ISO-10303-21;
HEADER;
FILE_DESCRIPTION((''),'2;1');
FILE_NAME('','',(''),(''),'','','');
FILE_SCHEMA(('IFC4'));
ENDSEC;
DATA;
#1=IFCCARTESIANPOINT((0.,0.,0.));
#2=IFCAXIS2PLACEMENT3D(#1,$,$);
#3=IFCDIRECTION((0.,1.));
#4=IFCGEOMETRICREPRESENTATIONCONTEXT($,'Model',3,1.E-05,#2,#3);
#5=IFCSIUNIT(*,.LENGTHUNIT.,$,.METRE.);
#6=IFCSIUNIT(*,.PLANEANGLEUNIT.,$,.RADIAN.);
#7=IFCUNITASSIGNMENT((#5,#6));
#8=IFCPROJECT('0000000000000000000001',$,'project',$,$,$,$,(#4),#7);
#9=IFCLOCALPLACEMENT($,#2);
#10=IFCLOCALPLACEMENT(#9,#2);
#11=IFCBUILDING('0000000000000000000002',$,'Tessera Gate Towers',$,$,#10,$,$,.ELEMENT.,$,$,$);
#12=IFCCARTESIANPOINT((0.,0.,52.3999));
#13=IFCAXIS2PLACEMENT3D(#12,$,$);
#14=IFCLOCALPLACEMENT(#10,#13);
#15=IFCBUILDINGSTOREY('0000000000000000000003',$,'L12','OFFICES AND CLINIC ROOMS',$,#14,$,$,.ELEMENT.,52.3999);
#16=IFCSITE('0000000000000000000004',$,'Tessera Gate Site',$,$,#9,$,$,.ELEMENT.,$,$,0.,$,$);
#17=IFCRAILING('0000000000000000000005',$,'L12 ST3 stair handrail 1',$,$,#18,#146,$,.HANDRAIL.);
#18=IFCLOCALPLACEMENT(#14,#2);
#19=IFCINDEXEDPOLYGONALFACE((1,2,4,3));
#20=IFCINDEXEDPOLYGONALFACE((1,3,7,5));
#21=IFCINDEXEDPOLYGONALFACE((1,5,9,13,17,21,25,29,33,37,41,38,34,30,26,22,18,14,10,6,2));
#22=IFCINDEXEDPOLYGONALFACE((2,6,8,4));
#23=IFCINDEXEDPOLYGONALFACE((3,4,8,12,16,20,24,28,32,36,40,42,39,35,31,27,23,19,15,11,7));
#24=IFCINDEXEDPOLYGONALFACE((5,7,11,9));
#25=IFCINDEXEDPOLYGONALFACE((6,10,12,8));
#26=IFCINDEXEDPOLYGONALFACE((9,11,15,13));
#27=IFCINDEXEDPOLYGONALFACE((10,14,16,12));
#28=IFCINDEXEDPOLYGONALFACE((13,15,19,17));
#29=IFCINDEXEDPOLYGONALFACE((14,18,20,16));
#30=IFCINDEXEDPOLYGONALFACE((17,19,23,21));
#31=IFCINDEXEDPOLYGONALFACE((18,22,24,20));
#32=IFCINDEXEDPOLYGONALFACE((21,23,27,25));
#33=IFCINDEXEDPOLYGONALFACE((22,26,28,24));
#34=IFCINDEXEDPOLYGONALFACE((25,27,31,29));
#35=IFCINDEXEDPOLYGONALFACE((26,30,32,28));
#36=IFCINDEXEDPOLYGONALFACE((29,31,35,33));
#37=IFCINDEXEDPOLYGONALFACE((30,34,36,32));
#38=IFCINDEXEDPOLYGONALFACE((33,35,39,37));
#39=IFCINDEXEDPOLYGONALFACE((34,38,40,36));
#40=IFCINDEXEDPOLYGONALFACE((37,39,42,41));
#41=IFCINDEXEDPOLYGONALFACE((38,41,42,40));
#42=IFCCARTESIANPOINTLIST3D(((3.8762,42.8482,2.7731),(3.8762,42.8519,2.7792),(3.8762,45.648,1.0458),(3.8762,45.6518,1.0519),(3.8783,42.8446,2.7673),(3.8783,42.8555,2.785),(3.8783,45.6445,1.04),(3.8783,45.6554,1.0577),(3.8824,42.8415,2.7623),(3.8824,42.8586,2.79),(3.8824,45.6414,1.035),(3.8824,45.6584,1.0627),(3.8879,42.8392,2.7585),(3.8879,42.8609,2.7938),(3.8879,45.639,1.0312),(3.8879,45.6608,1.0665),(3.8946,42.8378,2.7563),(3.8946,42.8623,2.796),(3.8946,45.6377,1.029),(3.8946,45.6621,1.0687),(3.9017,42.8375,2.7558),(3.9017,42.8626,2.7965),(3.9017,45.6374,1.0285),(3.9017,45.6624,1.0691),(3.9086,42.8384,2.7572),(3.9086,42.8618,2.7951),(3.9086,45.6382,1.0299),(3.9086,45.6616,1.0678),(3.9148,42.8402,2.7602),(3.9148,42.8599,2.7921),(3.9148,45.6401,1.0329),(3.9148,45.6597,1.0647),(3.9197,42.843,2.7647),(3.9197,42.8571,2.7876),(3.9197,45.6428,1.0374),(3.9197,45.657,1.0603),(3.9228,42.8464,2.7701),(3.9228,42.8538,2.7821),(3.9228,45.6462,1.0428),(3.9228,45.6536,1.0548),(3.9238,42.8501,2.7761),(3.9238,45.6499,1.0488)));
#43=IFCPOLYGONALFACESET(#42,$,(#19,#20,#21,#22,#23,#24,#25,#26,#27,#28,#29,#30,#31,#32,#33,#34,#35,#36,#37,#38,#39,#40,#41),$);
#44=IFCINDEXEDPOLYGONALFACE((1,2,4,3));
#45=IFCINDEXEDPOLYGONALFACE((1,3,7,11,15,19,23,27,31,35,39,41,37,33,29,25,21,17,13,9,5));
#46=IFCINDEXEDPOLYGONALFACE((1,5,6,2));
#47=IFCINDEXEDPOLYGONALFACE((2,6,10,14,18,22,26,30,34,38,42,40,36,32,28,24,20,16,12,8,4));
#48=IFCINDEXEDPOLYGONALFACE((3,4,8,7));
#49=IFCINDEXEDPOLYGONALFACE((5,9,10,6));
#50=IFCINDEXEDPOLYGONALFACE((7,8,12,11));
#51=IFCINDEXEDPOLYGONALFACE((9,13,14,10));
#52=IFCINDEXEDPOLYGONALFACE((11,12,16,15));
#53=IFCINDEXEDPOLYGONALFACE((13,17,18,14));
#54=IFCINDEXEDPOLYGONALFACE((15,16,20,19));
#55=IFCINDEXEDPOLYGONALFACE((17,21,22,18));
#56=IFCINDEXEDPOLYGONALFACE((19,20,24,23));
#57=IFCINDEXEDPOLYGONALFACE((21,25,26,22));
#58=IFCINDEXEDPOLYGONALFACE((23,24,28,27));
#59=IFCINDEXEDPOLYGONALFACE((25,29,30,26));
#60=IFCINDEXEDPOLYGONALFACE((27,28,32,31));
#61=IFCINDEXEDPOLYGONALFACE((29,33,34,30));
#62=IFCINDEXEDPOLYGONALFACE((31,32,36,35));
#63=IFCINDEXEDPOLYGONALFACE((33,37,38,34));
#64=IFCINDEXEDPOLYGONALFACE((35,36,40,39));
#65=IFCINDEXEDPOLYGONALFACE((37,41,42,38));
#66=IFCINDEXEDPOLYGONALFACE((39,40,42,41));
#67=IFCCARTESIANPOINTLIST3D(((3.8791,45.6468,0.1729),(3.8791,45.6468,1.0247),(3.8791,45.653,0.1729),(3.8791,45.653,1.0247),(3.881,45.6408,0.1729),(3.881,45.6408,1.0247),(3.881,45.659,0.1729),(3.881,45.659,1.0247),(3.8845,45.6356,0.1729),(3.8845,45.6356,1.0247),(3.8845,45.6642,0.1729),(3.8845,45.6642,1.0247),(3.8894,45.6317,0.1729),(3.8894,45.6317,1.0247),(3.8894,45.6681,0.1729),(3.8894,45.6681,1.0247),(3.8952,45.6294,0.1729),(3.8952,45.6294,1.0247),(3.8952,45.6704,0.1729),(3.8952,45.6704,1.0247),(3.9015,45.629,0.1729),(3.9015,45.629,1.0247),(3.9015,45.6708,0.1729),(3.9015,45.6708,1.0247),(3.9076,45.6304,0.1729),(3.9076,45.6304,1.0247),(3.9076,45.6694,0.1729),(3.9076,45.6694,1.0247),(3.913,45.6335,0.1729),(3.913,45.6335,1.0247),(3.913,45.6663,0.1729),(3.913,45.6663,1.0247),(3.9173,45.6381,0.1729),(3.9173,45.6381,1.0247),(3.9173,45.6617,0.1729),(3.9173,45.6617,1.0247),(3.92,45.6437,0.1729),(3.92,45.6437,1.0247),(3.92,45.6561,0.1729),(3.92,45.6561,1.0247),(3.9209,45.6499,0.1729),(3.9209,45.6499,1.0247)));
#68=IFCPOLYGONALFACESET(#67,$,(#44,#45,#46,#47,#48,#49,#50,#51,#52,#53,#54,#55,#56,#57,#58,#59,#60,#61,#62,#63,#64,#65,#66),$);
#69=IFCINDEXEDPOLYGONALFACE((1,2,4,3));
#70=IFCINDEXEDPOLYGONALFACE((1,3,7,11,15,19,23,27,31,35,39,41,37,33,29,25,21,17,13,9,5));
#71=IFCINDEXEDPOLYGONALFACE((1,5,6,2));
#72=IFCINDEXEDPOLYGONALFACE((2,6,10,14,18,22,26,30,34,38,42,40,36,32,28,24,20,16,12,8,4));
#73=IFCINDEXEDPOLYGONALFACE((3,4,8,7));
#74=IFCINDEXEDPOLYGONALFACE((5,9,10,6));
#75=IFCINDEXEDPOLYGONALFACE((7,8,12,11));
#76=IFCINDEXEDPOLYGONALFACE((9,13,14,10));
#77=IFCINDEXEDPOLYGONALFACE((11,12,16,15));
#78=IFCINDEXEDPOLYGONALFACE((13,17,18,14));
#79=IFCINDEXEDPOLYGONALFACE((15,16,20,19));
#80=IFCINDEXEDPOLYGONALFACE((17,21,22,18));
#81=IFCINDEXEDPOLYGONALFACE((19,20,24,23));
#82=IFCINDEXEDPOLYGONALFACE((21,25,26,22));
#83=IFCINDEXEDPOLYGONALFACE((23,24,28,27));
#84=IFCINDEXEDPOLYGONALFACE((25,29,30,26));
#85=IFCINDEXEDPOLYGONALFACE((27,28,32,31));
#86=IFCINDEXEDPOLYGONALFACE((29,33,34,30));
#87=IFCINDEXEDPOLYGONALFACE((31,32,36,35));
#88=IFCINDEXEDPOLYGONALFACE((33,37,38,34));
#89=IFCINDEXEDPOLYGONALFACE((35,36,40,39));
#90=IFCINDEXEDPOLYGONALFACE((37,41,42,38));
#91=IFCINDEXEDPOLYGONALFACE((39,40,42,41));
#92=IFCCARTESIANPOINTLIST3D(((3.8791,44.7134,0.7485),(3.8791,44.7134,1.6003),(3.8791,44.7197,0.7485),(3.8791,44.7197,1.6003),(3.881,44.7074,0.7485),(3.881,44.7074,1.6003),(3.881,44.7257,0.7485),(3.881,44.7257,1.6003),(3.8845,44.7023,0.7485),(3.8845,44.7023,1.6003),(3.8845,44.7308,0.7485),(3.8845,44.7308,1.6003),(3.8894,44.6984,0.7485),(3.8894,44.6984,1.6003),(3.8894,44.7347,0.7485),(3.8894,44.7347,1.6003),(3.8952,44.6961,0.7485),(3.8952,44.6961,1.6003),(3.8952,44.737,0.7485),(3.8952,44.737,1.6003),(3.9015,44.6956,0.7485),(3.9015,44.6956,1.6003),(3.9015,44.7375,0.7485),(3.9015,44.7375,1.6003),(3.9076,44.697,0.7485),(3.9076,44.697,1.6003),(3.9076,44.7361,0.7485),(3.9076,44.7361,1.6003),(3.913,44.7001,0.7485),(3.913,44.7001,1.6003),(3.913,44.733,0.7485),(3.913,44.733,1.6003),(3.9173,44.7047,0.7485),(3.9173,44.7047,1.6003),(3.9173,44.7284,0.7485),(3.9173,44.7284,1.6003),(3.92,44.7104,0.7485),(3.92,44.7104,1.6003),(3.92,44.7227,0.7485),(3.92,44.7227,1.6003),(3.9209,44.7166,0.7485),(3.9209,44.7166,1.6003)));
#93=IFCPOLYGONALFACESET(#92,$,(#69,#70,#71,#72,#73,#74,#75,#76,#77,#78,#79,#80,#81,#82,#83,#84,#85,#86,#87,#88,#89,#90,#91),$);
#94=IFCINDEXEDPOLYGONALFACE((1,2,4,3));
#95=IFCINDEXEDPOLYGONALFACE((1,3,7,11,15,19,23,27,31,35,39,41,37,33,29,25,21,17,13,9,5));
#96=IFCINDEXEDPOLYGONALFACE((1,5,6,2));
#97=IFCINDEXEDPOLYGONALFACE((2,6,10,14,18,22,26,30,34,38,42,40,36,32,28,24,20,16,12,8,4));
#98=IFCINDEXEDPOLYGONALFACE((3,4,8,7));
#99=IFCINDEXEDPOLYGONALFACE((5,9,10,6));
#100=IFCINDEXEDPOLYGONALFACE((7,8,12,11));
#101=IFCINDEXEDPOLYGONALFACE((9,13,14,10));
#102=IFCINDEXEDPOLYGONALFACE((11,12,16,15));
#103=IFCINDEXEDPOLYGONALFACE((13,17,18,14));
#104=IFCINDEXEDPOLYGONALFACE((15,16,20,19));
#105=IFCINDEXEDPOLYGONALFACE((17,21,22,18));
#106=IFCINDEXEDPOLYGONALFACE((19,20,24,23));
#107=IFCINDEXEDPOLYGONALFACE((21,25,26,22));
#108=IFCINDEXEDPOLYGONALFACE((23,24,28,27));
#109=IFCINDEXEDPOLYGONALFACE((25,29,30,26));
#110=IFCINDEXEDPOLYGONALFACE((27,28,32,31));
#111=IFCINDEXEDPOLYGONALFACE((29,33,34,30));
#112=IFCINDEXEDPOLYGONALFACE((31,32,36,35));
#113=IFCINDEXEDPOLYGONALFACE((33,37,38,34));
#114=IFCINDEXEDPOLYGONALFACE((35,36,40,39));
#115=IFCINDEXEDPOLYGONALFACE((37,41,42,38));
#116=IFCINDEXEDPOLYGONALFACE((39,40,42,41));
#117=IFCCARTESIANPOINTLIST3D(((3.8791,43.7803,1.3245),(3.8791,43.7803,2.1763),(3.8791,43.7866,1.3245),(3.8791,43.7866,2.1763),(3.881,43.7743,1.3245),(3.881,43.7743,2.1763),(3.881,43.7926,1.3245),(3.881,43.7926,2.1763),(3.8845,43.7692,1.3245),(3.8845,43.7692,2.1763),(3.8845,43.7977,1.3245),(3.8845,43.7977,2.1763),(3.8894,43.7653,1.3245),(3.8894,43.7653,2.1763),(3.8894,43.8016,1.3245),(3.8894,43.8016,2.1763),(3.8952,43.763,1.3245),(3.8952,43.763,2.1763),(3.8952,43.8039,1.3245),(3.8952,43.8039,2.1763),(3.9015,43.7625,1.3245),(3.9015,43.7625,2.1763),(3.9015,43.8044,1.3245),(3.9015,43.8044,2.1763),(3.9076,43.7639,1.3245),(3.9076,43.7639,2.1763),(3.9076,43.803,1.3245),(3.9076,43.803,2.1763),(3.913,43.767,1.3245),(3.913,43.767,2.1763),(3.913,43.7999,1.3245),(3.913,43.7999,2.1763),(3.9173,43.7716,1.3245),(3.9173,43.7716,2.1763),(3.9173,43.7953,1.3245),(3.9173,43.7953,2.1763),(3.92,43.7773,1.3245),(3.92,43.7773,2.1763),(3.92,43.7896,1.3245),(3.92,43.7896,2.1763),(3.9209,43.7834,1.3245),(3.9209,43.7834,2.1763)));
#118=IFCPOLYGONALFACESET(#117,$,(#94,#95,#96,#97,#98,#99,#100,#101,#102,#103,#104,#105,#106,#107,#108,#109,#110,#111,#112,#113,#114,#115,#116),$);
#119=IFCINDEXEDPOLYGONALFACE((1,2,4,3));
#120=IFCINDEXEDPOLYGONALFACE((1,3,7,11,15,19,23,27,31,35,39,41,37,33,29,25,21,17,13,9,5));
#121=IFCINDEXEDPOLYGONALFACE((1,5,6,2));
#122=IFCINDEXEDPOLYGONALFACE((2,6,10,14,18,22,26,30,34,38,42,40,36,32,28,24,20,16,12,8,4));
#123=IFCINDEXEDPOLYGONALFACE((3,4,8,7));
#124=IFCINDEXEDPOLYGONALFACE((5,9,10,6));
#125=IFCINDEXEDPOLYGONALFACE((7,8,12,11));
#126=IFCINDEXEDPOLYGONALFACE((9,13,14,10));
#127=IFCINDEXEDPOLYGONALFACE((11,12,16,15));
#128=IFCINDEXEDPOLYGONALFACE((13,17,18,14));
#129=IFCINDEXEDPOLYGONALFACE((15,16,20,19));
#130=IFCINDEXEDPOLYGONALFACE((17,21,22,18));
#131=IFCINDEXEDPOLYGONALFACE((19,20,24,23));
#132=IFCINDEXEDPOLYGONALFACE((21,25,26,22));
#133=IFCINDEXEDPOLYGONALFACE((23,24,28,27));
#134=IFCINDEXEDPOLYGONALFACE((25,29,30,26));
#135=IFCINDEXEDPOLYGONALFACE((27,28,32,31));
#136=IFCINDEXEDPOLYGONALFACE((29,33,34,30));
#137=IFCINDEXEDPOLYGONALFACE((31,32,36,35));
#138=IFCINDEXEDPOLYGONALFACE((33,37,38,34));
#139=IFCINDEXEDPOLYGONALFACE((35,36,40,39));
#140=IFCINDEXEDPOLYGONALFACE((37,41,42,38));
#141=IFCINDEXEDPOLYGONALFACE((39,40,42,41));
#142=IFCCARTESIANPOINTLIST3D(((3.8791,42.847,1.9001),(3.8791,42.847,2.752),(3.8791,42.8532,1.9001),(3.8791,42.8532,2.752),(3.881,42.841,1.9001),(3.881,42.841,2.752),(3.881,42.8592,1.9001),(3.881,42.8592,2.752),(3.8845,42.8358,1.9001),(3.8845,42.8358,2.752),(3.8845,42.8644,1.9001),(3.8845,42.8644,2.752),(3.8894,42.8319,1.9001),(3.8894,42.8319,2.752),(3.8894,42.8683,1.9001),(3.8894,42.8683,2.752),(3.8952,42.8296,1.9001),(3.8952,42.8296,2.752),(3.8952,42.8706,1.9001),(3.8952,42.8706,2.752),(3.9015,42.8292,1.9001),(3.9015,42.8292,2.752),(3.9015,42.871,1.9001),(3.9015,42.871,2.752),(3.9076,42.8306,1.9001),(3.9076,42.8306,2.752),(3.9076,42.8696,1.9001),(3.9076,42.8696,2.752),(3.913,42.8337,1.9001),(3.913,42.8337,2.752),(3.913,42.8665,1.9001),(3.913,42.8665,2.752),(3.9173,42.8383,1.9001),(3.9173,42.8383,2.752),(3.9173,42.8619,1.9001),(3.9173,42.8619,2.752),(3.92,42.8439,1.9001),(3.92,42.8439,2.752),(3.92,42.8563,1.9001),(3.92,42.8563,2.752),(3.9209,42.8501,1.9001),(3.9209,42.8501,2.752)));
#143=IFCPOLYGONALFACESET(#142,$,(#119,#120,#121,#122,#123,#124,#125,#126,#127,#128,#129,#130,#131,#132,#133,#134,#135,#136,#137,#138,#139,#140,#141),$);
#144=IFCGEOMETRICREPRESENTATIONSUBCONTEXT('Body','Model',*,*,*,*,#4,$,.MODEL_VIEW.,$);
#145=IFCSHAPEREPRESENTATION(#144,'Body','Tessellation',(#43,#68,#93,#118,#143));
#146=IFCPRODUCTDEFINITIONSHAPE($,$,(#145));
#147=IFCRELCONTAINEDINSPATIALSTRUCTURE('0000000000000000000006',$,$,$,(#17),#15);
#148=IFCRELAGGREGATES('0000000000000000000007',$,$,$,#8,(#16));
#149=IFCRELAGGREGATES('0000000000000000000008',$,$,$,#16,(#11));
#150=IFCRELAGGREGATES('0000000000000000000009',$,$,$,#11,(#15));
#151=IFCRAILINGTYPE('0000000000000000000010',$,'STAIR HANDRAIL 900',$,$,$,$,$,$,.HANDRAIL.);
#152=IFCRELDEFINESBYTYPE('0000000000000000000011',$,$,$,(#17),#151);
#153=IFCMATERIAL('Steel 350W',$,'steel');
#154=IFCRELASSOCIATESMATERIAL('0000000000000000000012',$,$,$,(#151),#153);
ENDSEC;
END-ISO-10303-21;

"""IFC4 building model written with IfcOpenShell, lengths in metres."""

from ifc_helpers import new_model, si_unit, direction, frame, origin, origin_2d, place, context, subcontext, project, spatial, circle, extrude, material, type_object, element, save


model = new_model("IFC4")

# Units and contexts
model_context = context("Model", 3, precision=1e-05, world=origin(), true_north=direction((0.0, 1.0)))
body_context = subcontext(model_context, "Body", "Model", "MODEL_VIEW")
ifc_project = project(units=[si_unit("LENGTHUNIT", "METRE"), si_unit("PLANEANGLEUNIT", "RADIAN")], contexts=[model_context])

# Site, building, storey
site_placement = place(None, origin())
site = spatial("IfcSite", under=ifc_project, at=site_placement, Name="Tessera Gate Site", CompositionType="ELEMENT", RefElevation=0.0)
building_placement = place(site_placement, origin())
building = spatial("IfcBuilding", under=site, at=building_placement, Name="Tessera Gate Towers", CompositionType="ELEMENT")
storey_placement = place(building_placement, frame((0.0, 0.0, 52.3999)))
storey = spatial("IfcBuildingStorey", under=building, at=storey_placement, Name="L12", Description="OFFICES AND CLINIC ROOMS", CompositionType="ELEMENT", Elevation=52.3999)

# Railing
ifc_material_1 = material(Name="Steel 350W", Category="steel")
railing_type_1 = type_object("IfcRailingType", Name="STAIR HANDRAIL 900", PredefinedType="HANDRAIL", material=ifc_material_1)
railing_1_placement = place(storey_placement, frame((3.8999, 45.6499, 0.1729)))
element("IfcRailing", 1, at=railing_1_placement, inside=storey, type_object=railing_type_1, Name="L12 ST3 stair handrail 1", PredefinedType="HANDRAIL", context=body_context, shape_type="SweptSolid", body=[
    extrude(circle(Radius=0.0239, at=origin_2d()), frame((0.0, 0.0, 0.876), z_axis=(0.0, -0.851069, 0.525054), x_axis=(1.0, 0.0, 0.0)), (0.0, 0.0, 1.0), 3.2898),
    extrude(circle(Radius=0.021, at=origin_2d()), origin(), (0.0, 0.0, 1.0), 0.8518),
    extrude(circle(Radius=0.021, at=origin_2d()), frame((0.0, -0.9333, 0.5757)), (0.0, 0.0, 1.0), 0.8518),
    extrude(circle(Radius=0.021, at=origin_2d()), frame((0.0, -1.8665, 1.1516)), (0.0, 0.0, 1.0), 0.8518),
    extrude(circle(Radius=0.021, at=origin_2d()), frame((0.0, -2.7998, 1.7273)), (0.0, 0.0, 1.0), 0.8518),
])

save(model, "model.ifc")
